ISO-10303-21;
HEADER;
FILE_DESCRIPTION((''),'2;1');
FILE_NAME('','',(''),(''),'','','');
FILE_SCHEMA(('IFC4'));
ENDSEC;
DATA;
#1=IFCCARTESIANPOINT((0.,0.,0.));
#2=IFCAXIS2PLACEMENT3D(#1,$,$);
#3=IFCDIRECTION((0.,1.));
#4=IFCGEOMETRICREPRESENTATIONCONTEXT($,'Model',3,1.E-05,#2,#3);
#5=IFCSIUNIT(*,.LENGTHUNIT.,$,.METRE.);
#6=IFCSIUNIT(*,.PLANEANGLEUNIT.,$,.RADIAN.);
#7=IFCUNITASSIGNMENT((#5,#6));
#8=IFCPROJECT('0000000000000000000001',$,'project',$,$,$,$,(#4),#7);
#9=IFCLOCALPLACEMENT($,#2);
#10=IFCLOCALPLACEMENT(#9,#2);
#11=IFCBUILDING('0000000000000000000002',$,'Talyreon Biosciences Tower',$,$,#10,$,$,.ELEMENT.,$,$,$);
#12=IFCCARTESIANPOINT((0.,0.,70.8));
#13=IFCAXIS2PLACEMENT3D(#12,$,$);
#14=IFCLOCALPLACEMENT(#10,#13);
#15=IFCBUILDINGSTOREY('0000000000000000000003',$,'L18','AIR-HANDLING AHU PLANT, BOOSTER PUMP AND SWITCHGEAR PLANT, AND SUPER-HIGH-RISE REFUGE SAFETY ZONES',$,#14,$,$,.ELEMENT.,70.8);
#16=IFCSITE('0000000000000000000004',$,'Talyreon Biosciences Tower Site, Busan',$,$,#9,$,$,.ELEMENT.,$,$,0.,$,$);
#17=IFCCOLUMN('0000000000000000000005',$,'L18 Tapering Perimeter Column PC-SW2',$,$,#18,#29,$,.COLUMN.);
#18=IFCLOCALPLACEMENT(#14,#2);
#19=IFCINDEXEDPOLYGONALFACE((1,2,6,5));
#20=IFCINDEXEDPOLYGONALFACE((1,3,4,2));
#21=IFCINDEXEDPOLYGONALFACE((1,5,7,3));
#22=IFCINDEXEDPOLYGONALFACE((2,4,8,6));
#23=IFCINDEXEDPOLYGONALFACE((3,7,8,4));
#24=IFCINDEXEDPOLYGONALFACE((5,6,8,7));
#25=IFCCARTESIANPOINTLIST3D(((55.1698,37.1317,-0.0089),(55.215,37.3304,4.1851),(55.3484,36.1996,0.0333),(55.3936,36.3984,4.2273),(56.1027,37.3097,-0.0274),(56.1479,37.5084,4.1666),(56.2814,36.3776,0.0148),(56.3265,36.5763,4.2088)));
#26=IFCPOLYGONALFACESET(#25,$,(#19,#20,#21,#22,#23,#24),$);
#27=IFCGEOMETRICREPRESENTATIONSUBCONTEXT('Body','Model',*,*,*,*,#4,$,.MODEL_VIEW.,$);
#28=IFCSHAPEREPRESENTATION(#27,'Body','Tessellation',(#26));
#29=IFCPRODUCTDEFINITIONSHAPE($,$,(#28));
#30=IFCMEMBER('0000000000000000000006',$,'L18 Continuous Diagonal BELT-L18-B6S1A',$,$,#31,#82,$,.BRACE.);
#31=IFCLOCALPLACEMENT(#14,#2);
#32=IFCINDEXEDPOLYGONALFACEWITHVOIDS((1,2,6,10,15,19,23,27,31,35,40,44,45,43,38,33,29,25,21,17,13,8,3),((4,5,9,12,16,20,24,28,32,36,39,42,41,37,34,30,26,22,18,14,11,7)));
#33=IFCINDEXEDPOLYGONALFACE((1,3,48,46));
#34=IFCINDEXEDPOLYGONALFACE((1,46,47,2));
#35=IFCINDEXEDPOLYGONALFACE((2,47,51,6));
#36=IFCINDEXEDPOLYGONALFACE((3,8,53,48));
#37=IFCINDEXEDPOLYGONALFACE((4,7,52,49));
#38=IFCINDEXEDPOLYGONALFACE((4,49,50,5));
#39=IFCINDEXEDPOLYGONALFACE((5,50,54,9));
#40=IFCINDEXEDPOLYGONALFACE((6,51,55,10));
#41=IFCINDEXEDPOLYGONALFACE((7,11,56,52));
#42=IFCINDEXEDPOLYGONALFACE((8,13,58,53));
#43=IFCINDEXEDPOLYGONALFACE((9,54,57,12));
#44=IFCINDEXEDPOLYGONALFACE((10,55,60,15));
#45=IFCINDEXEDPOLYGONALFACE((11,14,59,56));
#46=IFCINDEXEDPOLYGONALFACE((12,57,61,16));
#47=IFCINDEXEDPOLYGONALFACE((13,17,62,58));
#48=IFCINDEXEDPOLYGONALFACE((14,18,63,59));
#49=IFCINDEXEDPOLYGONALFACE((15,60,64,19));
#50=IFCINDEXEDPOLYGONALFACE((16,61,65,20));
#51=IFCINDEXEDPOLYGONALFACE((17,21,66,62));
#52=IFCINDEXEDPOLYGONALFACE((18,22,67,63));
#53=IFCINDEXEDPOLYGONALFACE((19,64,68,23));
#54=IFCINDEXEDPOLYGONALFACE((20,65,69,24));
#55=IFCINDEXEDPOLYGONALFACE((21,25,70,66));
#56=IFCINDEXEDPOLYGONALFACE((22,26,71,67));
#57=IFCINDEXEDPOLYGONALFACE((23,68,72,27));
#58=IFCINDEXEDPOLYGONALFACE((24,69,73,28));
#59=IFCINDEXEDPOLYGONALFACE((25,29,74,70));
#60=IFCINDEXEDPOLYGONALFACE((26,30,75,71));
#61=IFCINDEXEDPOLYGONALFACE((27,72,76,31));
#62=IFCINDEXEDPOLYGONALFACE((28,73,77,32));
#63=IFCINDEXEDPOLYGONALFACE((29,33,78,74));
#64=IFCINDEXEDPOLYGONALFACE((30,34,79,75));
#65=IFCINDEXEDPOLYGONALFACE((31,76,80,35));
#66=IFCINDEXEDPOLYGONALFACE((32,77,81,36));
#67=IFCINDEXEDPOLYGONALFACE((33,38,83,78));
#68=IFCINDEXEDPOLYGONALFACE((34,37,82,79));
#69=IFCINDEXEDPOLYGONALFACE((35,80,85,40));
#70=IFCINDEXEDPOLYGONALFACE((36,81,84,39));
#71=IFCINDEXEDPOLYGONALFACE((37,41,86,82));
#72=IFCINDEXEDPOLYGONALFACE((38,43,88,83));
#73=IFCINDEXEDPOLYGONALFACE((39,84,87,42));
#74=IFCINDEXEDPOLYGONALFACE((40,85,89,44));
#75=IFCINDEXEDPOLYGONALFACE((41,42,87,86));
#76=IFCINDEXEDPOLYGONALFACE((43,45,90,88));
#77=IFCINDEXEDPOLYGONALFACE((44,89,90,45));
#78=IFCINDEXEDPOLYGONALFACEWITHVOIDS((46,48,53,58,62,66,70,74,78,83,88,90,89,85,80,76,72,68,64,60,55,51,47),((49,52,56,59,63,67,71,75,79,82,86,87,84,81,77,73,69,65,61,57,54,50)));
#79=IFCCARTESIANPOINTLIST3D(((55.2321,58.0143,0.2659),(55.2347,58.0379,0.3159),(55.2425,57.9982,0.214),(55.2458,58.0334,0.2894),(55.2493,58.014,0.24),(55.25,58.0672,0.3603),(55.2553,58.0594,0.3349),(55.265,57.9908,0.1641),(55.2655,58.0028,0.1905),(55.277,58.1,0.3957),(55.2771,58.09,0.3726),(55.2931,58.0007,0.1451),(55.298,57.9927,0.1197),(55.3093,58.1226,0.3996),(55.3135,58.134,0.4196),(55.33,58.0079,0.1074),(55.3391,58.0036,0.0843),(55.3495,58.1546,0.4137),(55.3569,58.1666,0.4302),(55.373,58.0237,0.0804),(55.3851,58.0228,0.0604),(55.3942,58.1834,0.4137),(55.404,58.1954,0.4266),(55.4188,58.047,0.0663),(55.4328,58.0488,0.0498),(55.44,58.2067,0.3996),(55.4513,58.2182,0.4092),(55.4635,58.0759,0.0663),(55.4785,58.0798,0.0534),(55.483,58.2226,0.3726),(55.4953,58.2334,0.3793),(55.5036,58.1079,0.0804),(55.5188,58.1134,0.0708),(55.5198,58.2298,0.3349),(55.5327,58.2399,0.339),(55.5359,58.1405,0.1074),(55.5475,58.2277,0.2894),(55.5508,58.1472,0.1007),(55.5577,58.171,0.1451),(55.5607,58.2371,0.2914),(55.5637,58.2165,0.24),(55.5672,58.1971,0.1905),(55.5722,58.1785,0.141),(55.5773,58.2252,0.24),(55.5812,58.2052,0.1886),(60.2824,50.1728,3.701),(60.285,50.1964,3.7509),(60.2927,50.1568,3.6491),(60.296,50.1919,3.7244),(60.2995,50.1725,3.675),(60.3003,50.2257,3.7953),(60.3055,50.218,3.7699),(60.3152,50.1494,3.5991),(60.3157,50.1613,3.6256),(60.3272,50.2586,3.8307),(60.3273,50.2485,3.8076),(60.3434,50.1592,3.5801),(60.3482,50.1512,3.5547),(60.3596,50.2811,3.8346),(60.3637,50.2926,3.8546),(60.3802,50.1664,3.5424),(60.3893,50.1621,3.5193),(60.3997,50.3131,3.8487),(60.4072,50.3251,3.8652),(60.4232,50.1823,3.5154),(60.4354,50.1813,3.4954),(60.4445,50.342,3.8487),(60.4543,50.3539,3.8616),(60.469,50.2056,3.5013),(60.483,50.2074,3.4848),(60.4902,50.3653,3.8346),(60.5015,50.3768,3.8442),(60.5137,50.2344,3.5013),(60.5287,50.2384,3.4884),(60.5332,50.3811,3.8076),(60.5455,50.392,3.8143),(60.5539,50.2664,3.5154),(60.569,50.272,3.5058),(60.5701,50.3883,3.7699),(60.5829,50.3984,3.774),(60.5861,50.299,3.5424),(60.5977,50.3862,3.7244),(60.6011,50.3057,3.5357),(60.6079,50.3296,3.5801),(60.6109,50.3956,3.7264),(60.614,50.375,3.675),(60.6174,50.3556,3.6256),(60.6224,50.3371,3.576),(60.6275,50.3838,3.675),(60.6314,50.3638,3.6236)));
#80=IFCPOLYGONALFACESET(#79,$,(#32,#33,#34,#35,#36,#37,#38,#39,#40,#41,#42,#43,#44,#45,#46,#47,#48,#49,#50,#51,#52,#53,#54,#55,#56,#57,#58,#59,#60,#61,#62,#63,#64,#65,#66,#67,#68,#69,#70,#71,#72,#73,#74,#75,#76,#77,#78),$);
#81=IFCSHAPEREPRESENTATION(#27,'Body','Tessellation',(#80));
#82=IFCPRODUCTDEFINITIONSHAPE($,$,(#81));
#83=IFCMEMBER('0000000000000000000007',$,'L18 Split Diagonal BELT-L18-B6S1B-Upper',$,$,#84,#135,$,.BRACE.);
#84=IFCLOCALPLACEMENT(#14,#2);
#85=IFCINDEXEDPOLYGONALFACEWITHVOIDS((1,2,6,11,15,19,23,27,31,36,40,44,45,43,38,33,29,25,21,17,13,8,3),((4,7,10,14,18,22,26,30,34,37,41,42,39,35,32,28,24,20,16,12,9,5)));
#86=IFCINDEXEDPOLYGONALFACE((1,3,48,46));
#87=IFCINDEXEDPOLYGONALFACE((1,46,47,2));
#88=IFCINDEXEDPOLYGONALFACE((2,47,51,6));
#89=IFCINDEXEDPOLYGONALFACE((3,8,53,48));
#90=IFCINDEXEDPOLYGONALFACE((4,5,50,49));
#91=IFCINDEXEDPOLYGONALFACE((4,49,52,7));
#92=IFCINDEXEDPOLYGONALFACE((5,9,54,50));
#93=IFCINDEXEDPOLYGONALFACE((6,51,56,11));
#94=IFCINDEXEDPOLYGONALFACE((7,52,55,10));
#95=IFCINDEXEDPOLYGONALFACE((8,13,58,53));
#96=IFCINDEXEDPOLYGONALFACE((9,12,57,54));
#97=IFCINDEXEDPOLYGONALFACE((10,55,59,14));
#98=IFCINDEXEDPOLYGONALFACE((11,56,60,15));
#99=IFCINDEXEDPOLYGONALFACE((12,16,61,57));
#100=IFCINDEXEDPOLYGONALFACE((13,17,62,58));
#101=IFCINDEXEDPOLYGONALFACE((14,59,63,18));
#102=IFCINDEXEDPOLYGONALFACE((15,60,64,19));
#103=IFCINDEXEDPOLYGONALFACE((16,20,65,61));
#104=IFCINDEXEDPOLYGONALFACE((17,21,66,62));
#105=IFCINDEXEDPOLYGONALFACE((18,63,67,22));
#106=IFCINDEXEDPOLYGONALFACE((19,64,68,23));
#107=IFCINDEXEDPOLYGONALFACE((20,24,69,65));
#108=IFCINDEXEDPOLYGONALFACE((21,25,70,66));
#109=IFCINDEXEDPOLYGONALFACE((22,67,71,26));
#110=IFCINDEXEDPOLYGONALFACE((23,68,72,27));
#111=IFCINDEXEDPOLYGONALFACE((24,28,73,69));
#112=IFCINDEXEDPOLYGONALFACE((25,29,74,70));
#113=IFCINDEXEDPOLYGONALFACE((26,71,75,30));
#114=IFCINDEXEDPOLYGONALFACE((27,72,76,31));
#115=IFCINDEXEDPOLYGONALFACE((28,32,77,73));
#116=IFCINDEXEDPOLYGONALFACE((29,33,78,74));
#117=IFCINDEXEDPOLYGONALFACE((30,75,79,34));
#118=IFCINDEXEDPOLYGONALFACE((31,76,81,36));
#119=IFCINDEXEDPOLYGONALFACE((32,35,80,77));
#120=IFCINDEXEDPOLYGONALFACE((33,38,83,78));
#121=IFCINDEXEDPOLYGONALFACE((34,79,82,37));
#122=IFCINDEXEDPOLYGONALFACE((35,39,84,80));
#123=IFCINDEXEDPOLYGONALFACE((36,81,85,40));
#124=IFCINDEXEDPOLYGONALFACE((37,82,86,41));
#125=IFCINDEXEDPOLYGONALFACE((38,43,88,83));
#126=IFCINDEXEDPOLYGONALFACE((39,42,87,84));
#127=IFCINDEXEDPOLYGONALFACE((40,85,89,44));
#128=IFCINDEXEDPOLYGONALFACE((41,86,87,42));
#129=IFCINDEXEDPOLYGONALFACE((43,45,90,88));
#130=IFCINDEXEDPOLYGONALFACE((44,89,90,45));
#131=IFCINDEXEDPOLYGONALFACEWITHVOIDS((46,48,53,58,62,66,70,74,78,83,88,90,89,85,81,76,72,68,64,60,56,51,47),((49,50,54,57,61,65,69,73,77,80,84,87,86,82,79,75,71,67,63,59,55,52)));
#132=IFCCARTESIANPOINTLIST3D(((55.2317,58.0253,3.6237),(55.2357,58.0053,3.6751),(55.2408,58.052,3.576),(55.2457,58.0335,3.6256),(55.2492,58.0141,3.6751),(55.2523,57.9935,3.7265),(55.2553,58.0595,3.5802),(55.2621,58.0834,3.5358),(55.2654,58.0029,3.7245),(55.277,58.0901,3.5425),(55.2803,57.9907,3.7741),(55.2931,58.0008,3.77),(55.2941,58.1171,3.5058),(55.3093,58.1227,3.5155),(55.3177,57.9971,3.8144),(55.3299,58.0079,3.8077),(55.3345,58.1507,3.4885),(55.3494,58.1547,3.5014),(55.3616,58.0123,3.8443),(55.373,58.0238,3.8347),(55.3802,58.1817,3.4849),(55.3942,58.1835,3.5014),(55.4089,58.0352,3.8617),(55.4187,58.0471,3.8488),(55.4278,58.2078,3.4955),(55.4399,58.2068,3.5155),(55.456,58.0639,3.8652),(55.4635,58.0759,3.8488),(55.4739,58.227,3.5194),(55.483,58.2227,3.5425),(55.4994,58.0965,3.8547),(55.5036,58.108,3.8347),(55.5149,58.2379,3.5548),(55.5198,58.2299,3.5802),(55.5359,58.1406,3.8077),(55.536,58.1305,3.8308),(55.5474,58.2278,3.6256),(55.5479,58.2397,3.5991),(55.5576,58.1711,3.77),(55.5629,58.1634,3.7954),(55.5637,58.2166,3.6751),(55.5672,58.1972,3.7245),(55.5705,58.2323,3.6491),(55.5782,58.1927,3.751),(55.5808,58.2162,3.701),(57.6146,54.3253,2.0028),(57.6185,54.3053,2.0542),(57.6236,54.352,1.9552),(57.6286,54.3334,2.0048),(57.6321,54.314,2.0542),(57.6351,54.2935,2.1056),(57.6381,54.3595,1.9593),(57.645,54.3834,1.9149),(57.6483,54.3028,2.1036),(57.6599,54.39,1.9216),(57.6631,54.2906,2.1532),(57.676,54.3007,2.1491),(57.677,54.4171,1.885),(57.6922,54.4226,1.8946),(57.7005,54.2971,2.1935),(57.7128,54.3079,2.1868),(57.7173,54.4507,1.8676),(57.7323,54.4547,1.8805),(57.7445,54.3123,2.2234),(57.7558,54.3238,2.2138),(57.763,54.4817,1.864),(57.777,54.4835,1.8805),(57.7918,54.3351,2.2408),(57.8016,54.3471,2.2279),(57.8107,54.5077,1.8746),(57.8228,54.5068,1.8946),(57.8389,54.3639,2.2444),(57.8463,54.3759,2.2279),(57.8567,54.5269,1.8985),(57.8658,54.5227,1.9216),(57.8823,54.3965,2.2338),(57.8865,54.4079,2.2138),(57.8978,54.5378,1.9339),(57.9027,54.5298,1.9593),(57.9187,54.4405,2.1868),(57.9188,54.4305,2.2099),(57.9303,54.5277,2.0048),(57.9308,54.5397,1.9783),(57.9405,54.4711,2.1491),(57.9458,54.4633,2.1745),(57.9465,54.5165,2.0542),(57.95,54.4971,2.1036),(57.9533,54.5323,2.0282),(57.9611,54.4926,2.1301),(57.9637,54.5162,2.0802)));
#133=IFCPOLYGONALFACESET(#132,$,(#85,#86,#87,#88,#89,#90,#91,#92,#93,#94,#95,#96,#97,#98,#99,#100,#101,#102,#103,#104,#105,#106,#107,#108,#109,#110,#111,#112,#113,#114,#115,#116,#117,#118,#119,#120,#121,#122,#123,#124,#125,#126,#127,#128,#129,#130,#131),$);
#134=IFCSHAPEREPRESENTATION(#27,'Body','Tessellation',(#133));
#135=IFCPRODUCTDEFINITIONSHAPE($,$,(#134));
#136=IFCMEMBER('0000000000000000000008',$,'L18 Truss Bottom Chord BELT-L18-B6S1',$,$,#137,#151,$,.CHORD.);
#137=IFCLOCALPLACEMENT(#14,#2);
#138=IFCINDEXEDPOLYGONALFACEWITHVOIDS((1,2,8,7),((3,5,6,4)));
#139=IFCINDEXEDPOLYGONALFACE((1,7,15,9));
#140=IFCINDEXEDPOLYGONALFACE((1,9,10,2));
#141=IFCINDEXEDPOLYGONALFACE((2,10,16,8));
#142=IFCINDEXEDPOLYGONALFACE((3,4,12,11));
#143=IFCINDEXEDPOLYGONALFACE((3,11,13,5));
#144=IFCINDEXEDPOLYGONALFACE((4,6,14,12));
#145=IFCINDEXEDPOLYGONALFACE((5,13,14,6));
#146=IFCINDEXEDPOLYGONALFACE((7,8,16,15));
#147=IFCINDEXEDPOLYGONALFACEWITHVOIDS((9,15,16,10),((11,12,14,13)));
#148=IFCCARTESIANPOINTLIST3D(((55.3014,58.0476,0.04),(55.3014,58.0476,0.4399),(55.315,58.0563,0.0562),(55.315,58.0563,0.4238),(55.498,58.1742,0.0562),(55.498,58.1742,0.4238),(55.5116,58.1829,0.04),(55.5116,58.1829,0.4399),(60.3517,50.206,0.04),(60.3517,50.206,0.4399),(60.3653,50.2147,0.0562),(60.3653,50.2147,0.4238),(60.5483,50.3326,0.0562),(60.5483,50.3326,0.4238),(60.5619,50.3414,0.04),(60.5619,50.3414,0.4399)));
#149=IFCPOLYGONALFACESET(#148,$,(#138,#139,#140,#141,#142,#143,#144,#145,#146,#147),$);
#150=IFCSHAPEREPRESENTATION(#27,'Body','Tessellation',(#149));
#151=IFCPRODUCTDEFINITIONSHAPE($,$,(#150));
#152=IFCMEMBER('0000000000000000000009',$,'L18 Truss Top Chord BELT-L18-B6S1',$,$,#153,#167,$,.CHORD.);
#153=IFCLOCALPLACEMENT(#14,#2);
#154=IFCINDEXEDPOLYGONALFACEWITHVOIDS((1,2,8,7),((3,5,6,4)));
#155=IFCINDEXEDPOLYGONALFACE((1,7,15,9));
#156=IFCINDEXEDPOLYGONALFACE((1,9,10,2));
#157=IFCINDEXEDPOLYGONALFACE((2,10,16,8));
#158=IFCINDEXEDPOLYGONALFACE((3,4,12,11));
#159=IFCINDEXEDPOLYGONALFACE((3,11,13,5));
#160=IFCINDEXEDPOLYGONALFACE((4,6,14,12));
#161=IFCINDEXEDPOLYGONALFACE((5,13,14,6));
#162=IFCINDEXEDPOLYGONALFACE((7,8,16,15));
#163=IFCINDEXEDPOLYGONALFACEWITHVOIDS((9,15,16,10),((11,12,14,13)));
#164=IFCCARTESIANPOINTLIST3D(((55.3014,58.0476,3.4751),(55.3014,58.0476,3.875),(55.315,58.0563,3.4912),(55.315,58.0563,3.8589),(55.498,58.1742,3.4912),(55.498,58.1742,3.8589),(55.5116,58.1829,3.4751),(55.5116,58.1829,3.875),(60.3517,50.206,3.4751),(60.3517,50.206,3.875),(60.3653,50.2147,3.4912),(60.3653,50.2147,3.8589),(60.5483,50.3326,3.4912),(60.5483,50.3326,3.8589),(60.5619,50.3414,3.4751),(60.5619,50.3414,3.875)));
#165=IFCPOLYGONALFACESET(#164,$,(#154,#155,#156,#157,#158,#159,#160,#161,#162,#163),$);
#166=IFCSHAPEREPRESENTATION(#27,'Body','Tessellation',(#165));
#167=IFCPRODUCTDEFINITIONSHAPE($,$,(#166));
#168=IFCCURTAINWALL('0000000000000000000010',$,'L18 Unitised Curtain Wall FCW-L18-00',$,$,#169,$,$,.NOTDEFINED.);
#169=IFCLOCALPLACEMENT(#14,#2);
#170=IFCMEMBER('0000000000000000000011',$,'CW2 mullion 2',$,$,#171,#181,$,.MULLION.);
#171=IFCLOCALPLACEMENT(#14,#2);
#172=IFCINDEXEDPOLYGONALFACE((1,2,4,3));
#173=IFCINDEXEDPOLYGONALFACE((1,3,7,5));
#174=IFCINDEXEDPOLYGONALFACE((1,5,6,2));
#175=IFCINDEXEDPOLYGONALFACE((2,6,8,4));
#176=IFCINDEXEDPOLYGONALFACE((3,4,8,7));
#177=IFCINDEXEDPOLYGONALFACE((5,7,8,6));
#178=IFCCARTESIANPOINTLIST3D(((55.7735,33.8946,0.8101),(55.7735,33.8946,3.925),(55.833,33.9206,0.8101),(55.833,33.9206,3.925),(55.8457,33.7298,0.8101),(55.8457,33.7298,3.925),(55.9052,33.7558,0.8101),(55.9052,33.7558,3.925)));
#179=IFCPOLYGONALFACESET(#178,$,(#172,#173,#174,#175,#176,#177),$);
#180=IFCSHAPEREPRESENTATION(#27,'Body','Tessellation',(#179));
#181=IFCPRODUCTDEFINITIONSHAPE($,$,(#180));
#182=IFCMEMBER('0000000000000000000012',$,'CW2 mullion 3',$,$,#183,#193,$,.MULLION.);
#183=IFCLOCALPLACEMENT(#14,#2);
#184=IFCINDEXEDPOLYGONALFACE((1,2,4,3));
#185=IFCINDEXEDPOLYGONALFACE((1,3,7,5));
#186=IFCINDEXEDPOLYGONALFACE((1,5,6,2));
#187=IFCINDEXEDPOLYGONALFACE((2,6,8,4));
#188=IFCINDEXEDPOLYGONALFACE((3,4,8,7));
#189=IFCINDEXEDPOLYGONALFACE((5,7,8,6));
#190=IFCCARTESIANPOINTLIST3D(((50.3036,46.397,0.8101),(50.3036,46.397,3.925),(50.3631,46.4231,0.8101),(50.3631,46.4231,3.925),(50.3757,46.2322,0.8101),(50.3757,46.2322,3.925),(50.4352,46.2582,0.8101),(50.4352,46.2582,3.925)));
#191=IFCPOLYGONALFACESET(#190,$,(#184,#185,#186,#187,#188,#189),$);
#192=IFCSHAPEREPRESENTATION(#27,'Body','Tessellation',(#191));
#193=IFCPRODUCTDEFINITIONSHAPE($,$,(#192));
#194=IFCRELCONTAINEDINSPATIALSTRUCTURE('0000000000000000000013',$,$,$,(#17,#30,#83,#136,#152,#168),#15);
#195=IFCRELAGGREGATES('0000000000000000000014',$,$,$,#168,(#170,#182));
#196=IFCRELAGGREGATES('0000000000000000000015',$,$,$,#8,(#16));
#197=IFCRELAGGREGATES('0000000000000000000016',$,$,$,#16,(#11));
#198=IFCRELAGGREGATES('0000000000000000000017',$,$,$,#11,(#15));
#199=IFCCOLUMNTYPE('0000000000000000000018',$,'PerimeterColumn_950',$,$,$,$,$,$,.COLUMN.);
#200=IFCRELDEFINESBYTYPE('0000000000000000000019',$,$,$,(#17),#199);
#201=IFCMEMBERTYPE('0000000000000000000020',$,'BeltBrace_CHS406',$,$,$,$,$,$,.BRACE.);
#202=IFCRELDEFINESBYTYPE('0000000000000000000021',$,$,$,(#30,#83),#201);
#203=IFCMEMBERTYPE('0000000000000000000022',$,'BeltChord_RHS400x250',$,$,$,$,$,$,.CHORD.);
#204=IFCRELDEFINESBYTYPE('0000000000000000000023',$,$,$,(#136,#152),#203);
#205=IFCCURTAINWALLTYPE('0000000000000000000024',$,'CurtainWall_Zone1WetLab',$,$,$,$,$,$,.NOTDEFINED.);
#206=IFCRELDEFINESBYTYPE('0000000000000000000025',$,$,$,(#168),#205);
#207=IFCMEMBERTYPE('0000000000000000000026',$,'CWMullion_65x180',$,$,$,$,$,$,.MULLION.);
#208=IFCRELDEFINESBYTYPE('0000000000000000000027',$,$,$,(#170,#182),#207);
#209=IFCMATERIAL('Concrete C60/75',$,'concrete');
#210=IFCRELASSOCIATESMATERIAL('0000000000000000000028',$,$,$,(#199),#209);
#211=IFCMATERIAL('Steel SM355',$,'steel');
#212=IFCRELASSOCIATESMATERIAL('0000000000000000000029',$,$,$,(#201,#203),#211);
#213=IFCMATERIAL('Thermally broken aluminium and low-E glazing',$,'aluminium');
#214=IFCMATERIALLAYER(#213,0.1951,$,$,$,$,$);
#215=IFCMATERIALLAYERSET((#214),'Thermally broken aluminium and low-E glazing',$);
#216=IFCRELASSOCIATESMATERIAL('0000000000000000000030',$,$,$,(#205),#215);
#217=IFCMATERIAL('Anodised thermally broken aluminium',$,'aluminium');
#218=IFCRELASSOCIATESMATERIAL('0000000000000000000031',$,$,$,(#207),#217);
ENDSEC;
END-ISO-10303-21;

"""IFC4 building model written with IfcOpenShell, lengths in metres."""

from ifc_helpers import new_model, si_unit, direction, frame, origin, origin_2d, place, context, subcontext, project, spatial, rectangle, hollow_rectangle, hollow_circle, extrude, material, layer, layer_set, material_profile, profile_set, type_object, element, aggregate, save


model = new_model("IFC4")

# Units and contexts
model_context = context("Model", 3, precision=1e-05, world=origin(), true_north=direction((0.0, 1.0)))
body_context = subcontext(model_context, "Body", "Model", "MODEL_VIEW")
ifc_project = project(units=[si_unit("LENGTHUNIT", "METRE"), si_unit("PLANEANGLEUNIT", "RADIAN")], contexts=[model_context])

# Site, building, storey
site_placement = place(None, origin())
site = spatial("IfcSite", under=ifc_project, at=site_placement, Name="Talyreon Biosciences Tower Site, Busan", CompositionType="ELEMENT", RefElevation=0.0)
building_placement = place(site_placement, origin())
building = spatial("IfcBuilding", under=site, at=building_placement, Name="Talyreon Biosciences Tower", CompositionType="ELEMENT")
storey_placement = place(building_placement, frame((0.0, 0.0, 70.8)))
storey = spatial("IfcBuildingStorey", under=building, at=storey_placement, Name="L18", Description="AIR-HANDLING AHU PLANT, BOOSTER PUMP AND SWITCHGEAR PLANT, AND SUPER-HIGH-RISE REFUGE SAFETY ZONES", CompositionType="ELEMENT", Elevation=70.8)

# Column
ifc_material_1 = material(Name="Concrete C60/75", Category="concrete")
ifc_material_profile_1 = material_profile(ifc_material_1, rectangle(XDim=0.95, YDim=0.95, at=origin_2d()), Name="RC 950x950")
ifc_profile_set_1 = profile_set([ifc_material_profile_1], Name="Concrete C60/75")
column_type = type_object("IfcColumnType", Name="PerimeterColumn_950", PredefinedType="COLUMN", material=ifc_profile_set_1)
column_placement = place(storey_placement, frame((55.7256, 36.7546, 0.0029), z_axis=(0.010756, 0.047328, 0.998822), x_axis=(-0.188062, 0.98115, -0.044465)))
element("IfcColumn", 1, at=column_placement, inside=storey, type_object=column_type, Name="L18 Tapering Perimeter Column PC-SW2", PredefinedType="COLUMN", context=body_context, shape_type="SweptSolid", body=[
    extrude(rectangle(XDim=0.95, YDim=0.95, at=origin_2d()), origin(), (0.0, 0.0, 1.0), 4.199),
])

# Members
ifc_material_2 = material(Name="Steel SM355", Category="steel")
ifc_material_profile_2 = material_profile(ifc_material_2, hollow_circle(Radius=0.2031, WallThickness=0.0161, at=origin_2d()), Name="CHS 406.4x16")
ifc_profile_set_2 = profile_set([ifc_material_profile_2], Name="Steel SM355")
member_type_1 = type_object("IfcMemberType", Name="BeltBrace_CHS406", PredefinedType="BRACE", material=ifc_profile_set_2)
member_1_placement = place(storey_placement, frame((55.4065, 58.1152, 0.24), z_axis=(0.5081, -0.788923, 0.345594), x_axis=(0.840725, 0.541463, 0.0)))
element("IfcMember", 2, at=member_1_placement, inside=storey, type_object=member_type_1, Name="L18 Continuous Diagonal BELT-L18-B6S1A", PredefinedType="BRACE", context=body_context, shape_type="SweptSolid", body=[
    extrude(hollow_circle(Radius=0.2031, WallThickness=0.0161, at=origin_2d()), origin(), (0.0, 0.0, 1.0), 9.9395),
])
member_2_placement = place(storey_placement, frame((57.7893, 54.4153, 2.0542), z_axis=(-0.50808, 0.788929, 0.345609), x_axis=(-0.840737, -0.541444, 0.0)))
element("IfcMember", 3, at=member_2_placement, inside=storey, type_object=member_type_1, Name="L18 Split Diagonal BELT-L18-B6S1B-Upper", PredefinedType="BRACE", context=body_context, shape_type="SweptSolid", body=[
    extrude(hollow_circle(Radius=0.2031, WallThickness=0.0161, at=origin_2d()), origin(), (0.0, 0.0, 1.0), 4.6899),
])
ifc_material_profile_3 = material_profile(ifc_material_2, hollow_rectangle(XDim=0.25, YDim=0.3999, WallThickness=0.0161, at=origin_2d()), Name="RHS 400x250x16")
ifc_profile_set_3 = profile_set([ifc_material_profile_3], Name="Steel SM355")
member_type_2 = type_object("IfcMemberType", Name="BeltChord_RHS400x250", PredefinedType="CHORD", material=ifc_profile_set_3)
for number, where, z_axis, x_axis, name in (
    (4, (55.4065, 58.1152, 0.24), (0.541463, -0.840725, 0.0), (0.840725, 0.541463, 0.0), "L18 Truss Bottom Chord BELT-L18-B6S1"),
    (5, (55.4065, 58.1152, 3.675), (0.541463, -0.840725, 0.0), (0.840725, 0.541463, 0.0), "L18 Truss Top Chord BELT-L18-B6S1"),
):
    element("IfcMember", number, at=place(storey_placement, frame(where, z_axis=z_axis, x_axis=x_axis)), inside=storey, type_object=member_type_2, Name=name, PredefinedType="CHORD", context=body_context, shape_type="SweptSolid", body=[
        extrude(hollow_rectangle(XDim=0.25, YDim=0.3999, WallThickness=0.0161, at=origin_2d()), origin(), (0.0, 0.0, 1.0), 9.3271),
    ])

# Curtain wall, members
ifc_material_3 = material(Name="Thermally broken aluminium and low-E glazing", Category="aluminium")
ifc_layer_1 = layer(ifc_material_3, 0.1951)
ifc_layer_set_1 = layer_set([ifc_layer_1], Name="Thermally broken aluminium and low-E glazing")
curtain_wall_type = type_object("IfcCurtainWallType", Name="CurtainWall_Zone1WetLab", PredefinedType="NOTDEFINED", material=ifc_layer_set_1)
curtain_wall_placement = place(storey_placement, origin())
curtain_wall = element("IfcCurtainWall", 6, at=curtain_wall_placement, inside=storey, type_object=curtain_wall_type, Name="L18 Unitised Curtain Wall FCW-L18-00", PredefinedType="NOTDEFINED")
ifc_material_4 = material(Name="Anodised thermally broken aluminium", Category="aluminium")
ifc_material_profile_4 = material_profile(ifc_material_4, rectangle(XDim=0.0649, YDim=0.1799, at=origin_2d()), Name="ALUM MULLION 65x180")
ifc_profile_set_4 = profile_set([ifc_material_profile_4], Name="Anodised thermally broken aluminium")
member_type_3 = type_object("IfcMemberType", Name="CWMullion_65x180", PredefinedType="MULLION", material=ifc_profile_set_4)
member_3_placement = place(storey_placement, frame((55.8394, 33.8252, 0.8101), z_axis=(0.0, 0.0, 1.0), x_axis=(-0.916152, -0.400831, 0.0)))
member_3 = element("IfcMember", 7, at=member_3_placement, type_object=member_type_3, Name="CW2 mullion 2", PredefinedType="MULLION", context=body_context, shape_type="SweptSolid", body=[
    extrude(rectangle(XDim=0.0649, YDim=0.1799, at=origin_2d()), origin(), (0.0, 0.0, 1.0), 3.115),
])
member_4_placement = place(storey_placement, frame((50.3694, 46.3276, 0.8101), z_axis=(0.0, 0.0, 1.0), x_axis=(-0.916152, -0.400831, 0.0)))
member_4 = element("IfcMember", 8, at=member_4_placement, type_object=member_type_3, Name="CW2 mullion 3", PredefinedType="MULLION", context=body_context, shape_type="SweptSolid", body=[
    extrude(rectangle(XDim=0.0649, YDim=0.1799, at=origin_2d()), origin(), (0.0, 0.0, 1.0), 3.115),
])

aggregate(curtain_wall, [member_3, member_4])

save(model, "model.ifc")
